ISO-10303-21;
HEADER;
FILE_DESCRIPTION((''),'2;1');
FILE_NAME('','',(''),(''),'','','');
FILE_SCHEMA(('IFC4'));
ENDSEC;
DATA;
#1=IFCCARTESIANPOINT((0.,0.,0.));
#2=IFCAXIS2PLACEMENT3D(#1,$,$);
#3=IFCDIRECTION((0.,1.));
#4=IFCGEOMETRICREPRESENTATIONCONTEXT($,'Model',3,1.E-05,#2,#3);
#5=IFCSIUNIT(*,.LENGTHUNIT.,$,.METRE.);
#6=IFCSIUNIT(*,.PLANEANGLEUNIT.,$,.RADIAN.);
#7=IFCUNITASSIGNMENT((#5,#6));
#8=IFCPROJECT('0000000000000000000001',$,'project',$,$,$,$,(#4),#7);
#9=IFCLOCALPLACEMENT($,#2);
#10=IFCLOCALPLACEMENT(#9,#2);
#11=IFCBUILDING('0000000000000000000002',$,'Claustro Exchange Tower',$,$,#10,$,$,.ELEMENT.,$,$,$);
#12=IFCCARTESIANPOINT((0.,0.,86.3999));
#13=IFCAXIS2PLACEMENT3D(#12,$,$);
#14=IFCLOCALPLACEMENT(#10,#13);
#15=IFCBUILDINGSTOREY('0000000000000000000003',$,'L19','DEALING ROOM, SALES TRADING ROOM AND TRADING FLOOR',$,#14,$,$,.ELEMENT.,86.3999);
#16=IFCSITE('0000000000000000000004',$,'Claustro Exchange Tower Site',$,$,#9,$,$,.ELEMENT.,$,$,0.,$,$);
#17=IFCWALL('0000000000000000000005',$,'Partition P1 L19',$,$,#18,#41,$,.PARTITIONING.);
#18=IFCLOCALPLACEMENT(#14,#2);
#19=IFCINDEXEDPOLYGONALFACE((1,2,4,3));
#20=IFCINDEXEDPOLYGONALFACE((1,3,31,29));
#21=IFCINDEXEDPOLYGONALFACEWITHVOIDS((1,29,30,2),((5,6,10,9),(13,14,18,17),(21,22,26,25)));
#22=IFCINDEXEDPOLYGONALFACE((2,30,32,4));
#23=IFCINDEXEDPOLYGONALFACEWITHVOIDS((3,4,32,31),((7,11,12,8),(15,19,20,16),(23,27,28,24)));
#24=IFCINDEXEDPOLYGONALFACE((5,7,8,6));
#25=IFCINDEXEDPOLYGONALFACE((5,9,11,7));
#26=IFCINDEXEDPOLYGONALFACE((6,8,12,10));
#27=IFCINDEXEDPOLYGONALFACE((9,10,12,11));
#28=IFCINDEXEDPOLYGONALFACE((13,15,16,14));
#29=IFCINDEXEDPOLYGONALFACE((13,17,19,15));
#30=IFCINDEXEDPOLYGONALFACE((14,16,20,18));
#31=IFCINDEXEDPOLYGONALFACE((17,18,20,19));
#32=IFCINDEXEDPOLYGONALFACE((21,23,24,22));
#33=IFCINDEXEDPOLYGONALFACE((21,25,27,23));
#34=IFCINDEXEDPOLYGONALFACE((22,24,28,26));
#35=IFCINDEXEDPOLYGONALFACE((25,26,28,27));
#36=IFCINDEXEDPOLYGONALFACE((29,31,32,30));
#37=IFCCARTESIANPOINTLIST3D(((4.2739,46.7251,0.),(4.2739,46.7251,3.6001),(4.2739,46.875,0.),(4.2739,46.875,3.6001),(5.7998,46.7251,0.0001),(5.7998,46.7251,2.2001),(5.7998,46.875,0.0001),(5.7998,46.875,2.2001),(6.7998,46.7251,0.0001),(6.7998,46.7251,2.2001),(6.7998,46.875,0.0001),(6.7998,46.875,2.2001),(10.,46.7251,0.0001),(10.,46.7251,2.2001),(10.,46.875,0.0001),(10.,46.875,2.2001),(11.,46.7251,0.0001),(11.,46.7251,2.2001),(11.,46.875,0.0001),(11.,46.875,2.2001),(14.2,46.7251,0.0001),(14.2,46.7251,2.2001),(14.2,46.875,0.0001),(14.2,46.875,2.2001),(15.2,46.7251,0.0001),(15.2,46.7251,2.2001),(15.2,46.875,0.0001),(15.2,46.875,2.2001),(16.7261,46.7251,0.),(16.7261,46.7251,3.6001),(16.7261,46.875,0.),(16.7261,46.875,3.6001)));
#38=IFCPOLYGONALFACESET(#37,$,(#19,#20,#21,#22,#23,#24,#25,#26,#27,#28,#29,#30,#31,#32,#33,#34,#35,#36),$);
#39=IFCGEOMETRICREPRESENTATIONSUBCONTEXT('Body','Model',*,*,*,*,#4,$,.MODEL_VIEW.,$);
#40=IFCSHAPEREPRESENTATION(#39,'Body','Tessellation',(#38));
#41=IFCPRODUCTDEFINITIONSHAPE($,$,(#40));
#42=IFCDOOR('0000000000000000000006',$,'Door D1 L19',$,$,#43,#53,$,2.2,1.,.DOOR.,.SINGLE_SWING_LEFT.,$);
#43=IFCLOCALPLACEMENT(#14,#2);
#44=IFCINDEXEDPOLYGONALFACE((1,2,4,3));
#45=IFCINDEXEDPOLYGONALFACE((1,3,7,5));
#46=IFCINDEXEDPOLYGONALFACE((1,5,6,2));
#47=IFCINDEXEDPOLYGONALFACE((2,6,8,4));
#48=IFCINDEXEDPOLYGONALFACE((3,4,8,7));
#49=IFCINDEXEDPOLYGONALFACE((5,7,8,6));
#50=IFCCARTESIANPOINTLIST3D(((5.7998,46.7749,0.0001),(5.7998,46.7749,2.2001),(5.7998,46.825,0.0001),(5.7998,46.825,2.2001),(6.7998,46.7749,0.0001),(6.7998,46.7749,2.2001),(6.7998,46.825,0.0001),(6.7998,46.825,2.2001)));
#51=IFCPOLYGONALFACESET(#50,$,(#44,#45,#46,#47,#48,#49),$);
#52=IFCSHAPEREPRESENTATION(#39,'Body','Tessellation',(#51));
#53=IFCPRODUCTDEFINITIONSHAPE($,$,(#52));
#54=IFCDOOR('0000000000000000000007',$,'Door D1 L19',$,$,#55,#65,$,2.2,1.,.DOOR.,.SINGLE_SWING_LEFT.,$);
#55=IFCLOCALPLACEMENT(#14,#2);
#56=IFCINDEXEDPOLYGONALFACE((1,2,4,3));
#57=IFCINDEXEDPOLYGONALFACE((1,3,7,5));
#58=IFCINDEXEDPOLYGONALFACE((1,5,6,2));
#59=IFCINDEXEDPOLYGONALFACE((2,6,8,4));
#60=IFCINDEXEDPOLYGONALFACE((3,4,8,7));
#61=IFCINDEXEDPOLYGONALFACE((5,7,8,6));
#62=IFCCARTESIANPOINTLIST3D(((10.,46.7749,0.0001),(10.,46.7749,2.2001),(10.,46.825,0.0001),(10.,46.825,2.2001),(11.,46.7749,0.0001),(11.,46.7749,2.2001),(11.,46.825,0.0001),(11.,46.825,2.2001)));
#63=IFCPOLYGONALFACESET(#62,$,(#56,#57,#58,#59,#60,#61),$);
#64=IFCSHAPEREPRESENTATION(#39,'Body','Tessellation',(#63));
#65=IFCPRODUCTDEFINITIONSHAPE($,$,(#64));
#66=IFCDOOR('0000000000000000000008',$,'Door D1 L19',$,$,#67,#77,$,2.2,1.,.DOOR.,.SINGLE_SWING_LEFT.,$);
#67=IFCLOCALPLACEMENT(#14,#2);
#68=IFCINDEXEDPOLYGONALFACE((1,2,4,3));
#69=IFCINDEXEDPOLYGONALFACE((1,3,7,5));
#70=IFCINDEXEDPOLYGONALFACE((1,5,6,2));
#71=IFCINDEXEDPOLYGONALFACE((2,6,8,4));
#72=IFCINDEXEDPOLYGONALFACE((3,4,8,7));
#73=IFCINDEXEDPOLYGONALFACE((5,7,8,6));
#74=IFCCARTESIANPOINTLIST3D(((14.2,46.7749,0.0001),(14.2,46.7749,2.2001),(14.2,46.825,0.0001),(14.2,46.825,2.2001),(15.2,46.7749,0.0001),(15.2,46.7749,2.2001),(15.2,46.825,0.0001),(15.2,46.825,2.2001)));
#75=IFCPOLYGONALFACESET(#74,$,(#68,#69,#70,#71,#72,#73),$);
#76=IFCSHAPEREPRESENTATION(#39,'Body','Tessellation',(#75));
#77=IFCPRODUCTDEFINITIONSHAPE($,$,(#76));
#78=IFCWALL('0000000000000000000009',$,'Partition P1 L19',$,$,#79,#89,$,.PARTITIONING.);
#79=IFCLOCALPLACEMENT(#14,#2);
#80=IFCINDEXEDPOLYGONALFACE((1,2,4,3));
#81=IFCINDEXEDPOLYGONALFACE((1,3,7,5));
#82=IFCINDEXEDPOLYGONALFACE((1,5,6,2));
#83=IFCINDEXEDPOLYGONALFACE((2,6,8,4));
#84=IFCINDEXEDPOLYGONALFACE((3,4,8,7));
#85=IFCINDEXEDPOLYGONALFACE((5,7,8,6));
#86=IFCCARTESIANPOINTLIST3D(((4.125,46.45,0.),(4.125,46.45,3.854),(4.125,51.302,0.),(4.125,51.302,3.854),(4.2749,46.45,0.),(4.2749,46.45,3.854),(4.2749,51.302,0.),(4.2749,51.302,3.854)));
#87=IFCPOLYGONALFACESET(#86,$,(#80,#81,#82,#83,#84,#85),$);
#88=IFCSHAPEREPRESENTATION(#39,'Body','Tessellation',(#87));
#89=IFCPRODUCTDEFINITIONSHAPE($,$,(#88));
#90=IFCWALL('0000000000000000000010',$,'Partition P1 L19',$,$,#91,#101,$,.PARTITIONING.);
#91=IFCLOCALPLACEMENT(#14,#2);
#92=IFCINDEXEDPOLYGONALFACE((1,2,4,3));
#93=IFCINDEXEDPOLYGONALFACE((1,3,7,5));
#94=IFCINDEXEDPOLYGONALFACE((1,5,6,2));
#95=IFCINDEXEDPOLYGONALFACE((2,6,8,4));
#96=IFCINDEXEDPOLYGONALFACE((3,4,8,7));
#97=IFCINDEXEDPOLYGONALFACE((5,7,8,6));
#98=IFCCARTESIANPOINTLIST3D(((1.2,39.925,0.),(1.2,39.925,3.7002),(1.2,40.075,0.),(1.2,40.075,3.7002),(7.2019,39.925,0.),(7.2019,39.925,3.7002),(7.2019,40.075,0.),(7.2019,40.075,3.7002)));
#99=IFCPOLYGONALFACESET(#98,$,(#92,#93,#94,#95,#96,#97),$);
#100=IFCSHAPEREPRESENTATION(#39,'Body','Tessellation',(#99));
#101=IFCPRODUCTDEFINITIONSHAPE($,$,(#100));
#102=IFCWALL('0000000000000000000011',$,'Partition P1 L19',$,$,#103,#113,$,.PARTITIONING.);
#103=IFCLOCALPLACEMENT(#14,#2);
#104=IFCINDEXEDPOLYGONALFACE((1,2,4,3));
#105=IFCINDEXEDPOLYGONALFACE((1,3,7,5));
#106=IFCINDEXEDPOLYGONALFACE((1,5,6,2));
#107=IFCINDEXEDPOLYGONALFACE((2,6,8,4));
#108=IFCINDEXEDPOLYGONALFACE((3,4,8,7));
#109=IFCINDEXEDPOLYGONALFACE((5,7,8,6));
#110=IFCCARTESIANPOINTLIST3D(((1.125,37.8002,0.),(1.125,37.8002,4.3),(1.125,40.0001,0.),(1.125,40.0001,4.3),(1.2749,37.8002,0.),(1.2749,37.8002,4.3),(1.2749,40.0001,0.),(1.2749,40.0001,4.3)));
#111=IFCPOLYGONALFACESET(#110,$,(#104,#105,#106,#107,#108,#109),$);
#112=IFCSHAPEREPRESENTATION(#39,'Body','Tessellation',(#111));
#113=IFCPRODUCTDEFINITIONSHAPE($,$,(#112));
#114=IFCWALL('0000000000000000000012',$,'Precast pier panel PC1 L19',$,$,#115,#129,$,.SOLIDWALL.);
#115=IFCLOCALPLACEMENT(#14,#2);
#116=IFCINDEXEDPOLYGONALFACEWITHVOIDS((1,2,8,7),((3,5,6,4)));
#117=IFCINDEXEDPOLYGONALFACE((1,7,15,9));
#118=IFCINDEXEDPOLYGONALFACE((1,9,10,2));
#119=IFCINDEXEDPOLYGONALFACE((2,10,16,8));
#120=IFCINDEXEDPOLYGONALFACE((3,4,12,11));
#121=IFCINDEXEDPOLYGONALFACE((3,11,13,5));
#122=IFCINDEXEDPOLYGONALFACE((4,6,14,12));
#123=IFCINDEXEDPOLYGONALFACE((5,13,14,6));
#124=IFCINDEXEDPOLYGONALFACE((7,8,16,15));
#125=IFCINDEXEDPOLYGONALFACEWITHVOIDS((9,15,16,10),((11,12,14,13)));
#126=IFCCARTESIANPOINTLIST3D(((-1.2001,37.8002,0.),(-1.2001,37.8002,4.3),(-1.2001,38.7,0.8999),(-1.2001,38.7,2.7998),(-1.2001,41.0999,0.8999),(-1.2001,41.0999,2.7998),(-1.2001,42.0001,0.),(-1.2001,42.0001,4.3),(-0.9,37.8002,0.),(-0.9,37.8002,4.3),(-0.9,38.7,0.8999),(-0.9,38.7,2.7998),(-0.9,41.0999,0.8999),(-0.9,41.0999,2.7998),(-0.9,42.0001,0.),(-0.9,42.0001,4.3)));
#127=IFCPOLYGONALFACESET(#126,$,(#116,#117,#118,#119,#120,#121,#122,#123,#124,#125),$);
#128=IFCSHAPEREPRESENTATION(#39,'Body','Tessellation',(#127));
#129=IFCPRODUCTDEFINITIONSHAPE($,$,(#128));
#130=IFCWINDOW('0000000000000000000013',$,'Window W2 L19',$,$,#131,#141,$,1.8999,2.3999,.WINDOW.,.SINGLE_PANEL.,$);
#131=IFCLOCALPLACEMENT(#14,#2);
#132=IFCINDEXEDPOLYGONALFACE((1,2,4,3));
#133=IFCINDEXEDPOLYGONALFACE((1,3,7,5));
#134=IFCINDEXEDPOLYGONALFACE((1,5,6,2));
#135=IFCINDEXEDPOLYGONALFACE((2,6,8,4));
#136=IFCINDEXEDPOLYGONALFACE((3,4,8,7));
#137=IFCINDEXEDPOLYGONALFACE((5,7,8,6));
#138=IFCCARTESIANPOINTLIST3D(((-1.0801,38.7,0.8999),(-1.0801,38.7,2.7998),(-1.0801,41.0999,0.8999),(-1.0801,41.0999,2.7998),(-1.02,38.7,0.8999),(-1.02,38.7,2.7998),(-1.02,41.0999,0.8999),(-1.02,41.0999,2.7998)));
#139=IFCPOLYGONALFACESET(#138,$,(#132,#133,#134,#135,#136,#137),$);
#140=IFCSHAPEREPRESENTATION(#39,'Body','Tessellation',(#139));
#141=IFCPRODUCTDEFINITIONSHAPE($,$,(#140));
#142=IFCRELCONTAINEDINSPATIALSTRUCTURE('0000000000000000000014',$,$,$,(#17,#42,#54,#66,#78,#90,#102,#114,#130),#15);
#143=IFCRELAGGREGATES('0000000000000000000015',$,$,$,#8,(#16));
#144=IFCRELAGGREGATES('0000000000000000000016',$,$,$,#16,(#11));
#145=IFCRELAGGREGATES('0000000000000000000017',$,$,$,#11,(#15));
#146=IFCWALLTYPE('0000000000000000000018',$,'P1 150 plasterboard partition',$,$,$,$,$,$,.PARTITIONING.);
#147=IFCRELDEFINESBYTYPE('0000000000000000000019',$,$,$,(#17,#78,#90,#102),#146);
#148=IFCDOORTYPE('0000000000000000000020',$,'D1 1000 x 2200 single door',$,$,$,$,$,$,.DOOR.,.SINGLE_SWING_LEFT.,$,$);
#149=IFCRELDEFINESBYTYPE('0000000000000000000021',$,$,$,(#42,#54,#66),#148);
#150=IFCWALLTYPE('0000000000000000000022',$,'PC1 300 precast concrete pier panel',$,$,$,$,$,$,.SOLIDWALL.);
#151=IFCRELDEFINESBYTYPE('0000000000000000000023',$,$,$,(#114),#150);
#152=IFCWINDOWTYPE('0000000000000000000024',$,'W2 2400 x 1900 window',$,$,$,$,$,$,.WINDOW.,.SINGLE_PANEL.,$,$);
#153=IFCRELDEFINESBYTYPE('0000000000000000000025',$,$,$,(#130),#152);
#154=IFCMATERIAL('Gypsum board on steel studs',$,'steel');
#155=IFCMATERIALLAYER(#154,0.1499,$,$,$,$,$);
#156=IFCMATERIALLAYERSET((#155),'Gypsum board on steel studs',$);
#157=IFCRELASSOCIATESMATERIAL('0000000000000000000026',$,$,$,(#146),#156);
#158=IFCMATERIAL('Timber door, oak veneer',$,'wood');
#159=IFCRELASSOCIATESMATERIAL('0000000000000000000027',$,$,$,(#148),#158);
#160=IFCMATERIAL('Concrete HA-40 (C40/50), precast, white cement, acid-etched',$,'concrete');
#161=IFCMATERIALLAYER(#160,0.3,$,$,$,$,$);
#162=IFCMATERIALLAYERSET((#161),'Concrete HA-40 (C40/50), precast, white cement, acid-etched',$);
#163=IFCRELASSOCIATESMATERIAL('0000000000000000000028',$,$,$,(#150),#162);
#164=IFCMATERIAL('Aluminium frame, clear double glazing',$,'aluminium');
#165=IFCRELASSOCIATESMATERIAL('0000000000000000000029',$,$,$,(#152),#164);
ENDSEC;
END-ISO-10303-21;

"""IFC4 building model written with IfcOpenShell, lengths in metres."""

from ifc_helpers import new_model, si_unit, direction, frame, frame_2d, origin, place, context, subcontext, project, spatial, rectangle, extrude, material, layer, layer_set, type_object, element, fill, save


model = new_model("IFC4")

# Units and contexts
model_context = context("Model", 3, precision=1e-05, world=origin(), true_north=direction((0.0, 1.0)))
body_context = subcontext(model_context, "Body", "Model", "MODEL_VIEW")
ifc_project = project(units=[si_unit("LENGTHUNIT", "METRE"), si_unit("PLANEANGLEUNIT", "RADIAN")], contexts=[model_context])

# Site, building, storey
site_placement = place(None, origin())
site = spatial("IfcSite", under=ifc_project, at=site_placement, Name="Claustro Exchange Tower Site", CompositionType="ELEMENT", RefElevation=0.0)
building_placement = place(site_placement, origin())
building = spatial("IfcBuilding", under=site, at=building_placement, Name="Claustro Exchange Tower", CompositionType="ELEMENT")
storey_placement = place(building_placement, frame((0.0, 0.0, 86.3999)))
storey = spatial("IfcBuildingStorey", under=building, at=storey_placement, Name="L19", Description="DEALING ROOM, SALES TRADING ROOM AND TRADING FLOOR", CompositionType="ELEMENT", Elevation=86.3999)

# Shared definitions
ifc_material_1 = material(Name="Gypsum board on steel studs", Category="steel")
ifc_layer_1 = layer(ifc_material_1, 0.1499)
ifc_layer_set_1 = layer_set([ifc_layer_1], Name="Gypsum board on steel studs")
wall_type_1 = type_object("IfcWallType", Name="P1 150 plasterboard partition", PredefinedType="PARTITIONING", material=ifc_layer_set_1)
ifc_material_2 = material(Name="Timber door, oak veneer", Category="wood")
door_type = type_object("IfcDoorType", Name="D1 1000 x 2200 single door", OperationType="SINGLE_SWING_LEFT", PredefinedType="DOOR", material=ifc_material_2)

# Wall, openings, doors
wall_1_placement = place(storey_placement, frame((4.2739, 46.8, 0.0), z_axis=(0.0, 0.0, 1.0), x_axis=(1.0, 0.0, 0.0)))
wall_1 = element("IfcWall", 1, at=wall_1_placement, inside=storey, type_object=wall_type_1, Name="Partition P1 L19", PredefinedType="PARTITIONING", context=body_context, shape_type="SweptSolid", body=[
    extrude(rectangle(XDim=12.4521, YDim=0.1499, at=frame_2d((6.2261, 0.0))), origin(), (0.0, 0.0, 1.0), 3.6001),
])
opening_1_placement = place(wall_1_placement, frame((1.5259, 0.0, 0.0)))
opening_1 = element("IfcOpeningElement", 2, at=opening_1_placement, cuts=wall_1, PredefinedType="OPENING", context=body_context, shape_type="SweptSolid", body=[
    extrude(rectangle(XDim=1.0, YDim=2.2, at=frame_2d((0.5, 1.1001))), frame((0.0, 0.085, 0.0), z_axis=(0.0, -1.0, 0.0), x_axis=(1.0, 0.0, 0.0)), (0.0, 0.0, 1.0), 0.1699),
])
opening_2_placement = place(wall_1_placement, frame((5.7261, 0.0, 0.0)))
opening_2 = element("IfcOpeningElement", 3, at=opening_2_placement, cuts=wall_1, PredefinedType="OPENING", context=body_context, shape_type="SweptSolid", body=[
    extrude(rectangle(XDim=1.0, YDim=2.2, at=frame_2d((0.5, 1.1001))), frame((0.0, 0.085, 0.0), z_axis=(0.0, -1.0, 0.0), x_axis=(1.0, 0.0, 0.0)), (0.0, 0.0, 1.0), 0.1699),
])
opening_3_placement = place(wall_1_placement, frame((9.926, 0.0, 0.0)))
opening_3 = element("IfcOpeningElement", 4, at=opening_3_placement, cuts=wall_1, PredefinedType="OPENING", context=body_context, shape_type="SweptSolid", body=[
    extrude(rectangle(XDim=1.0, YDim=2.2, at=frame_2d((0.5, 1.1001))), frame((0.0, 0.085, 0.0), z_axis=(0.0, -1.0, 0.0), x_axis=(1.0, 0.0, 0.0)), (0.0, 0.0, 1.0), 0.1699),
])
door_1_placement = place(opening_1_placement, origin())
door_1 = element("IfcDoor", 5, at=door_1_placement, inside=storey, type_object=door_type, Name="Door D1 L19", OperationType="SINGLE_SWING_LEFT", OverallHeight=2.2, OverallWidth=1.0, PredefinedType="DOOR", context=body_context, shape_type="SweptSolid", body=[
    extrude(rectangle(XDim=1.0, YDim=2.2, at=frame_2d((0.5, 1.1001))), frame((0.0, 0.0249, 0.0), z_axis=(0.0, -1.0, 0.0), x_axis=(1.0, 0.0, 0.0)), (0.0, 0.0, 1.0), 0.05),
])
fill(opening_1, door_1)
door_2_placement = place(opening_2_placement, origin())
door_2 = element("IfcDoor", 6, at=door_2_placement, inside=storey, type_object=door_type, Name="Door D1 L19", OperationType="SINGLE_SWING_LEFT", OverallHeight=2.2, OverallWidth=1.0, PredefinedType="DOOR", context=body_context, shape_type="SweptSolid", body=[
    extrude(rectangle(XDim=1.0, YDim=2.2, at=frame_2d((0.5, 1.1001))), frame((0.0, 0.0249, 0.0), z_axis=(0.0, -1.0, 0.0), x_axis=(1.0, 0.0, 0.0)), (0.0, 0.0, 1.0), 0.05),
])
fill(opening_2, door_2)
door_3_placement = place(opening_3_placement, origin())
door_3 = element("IfcDoor", 7, at=door_3_placement, inside=storey, type_object=door_type, Name="Door D1 L19", OperationType="SINGLE_SWING_LEFT", OverallHeight=2.2, OverallWidth=1.0, PredefinedType="DOOR", context=body_context, shape_type="SweptSolid", body=[
    extrude(rectangle(XDim=1.0, YDim=2.2, at=frame_2d((0.5, 1.1001))), frame((0.0, 0.0249, 0.0), z_axis=(0.0, -1.0, 0.0), x_axis=(1.0, 0.0, 0.0)), (0.0, 0.0, 1.0), 0.05),
])
fill(opening_3, door_3)

# Walls
wall_2_placement = place(storey_placement, frame((4.2, 46.45, 0.0), z_axis=(0.0, 0.0, 1.0), x_axis=(0.0, 1.0, 0.0)))
element("IfcWall", 8, at=wall_2_placement, inside=storey, type_object=wall_type_1, Name="Partition P1 L19", PredefinedType="PARTITIONING", context=body_context, shape_type="SweptSolid", body=[
    extrude(rectangle(XDim=4.8521, YDim=0.1499, at=frame_2d((2.426, 0.0))), origin(), (0.0, 0.0, 1.0), 3.854),
])
wall_3_placement = place(storey_placement, frame((1.2, 40.0, 0.0), z_axis=(0.0, 0.0, 1.0), x_axis=(1.0, 0.0, 0.0)))
element("IfcWall", 9, at=wall_3_placement, inside=storey, type_object=wall_type_1, Name="Partition P1 L19", PredefinedType="PARTITIONING", context=body_context, shape_type="SweptSolid", body=[
    extrude(rectangle(XDim=6.002, YDim=0.1499, at=frame_2d((3.001, 0.0))), origin(), (0.0, 0.0, 1.0), 3.7002),
])
wall_4_placement = place(storey_placement, frame((1.2, 37.8, 0.0), z_axis=(0.0, 0.0, 1.0), x_axis=(0.0, 1.0, 0.0)))
element("IfcWall", 10, at=wall_4_placement, inside=storey, type_object=wall_type_1, Name="Partition P1 L19", PredefinedType="PARTITIONING", context=body_context, shape_type="SweptSolid", body=[
    extrude(rectangle(XDim=2.2, YDim=0.1499, at=frame_2d((1.1001, 0.0))), origin(), (0.0, 0.0, 1.0), 4.3),
])

# Wall, opening, window
ifc_material_3 = material(Name="Concrete HA-40 (C40/50), precast, white cement, acid-etched", Category="concrete")
ifc_layer_2 = layer(ifc_material_3, 0.3)
ifc_layer_set_2 = layer_set([ifc_layer_2], Name="Concrete HA-40 (C40/50), precast, white cement, acid-etched")
wall_type_2 = type_object("IfcWallType", Name="PC1 300 precast concrete pier panel", PredefinedType="SOLIDWALL", material=ifc_layer_set_2)
wall_5_placement = place(storey_placement, frame((-1.05, 37.8, 0.0), z_axis=(0.0, 0.0, 1.0), x_axis=(0.0, 1.0, 0.0)))
wall_5 = element("IfcWall", 11, at=wall_5_placement, inside=storey, type_object=wall_type_2, Name="Precast pier panel PC1 L19", PredefinedType="SOLIDWALL", context=body_context, shape_type="SweptSolid", body=[
    extrude(rectangle(XDim=4.2, YDim=0.3, at=frame_2d((2.1001, 0.0))), origin(), (0.0, 0.0, 1.0), 4.3),
])
opening_4_placement = place(wall_5_placement, frame((0.8999, 0.0, 0.8999)))
opening_4 = element("IfcOpeningElement", 12, at=opening_4_placement, cuts=wall_5, PredefinedType="OPENING", context=body_context, shape_type="SweptSolid", body=[
    extrude(rectangle(XDim=2.3999, YDim=1.8999, at=frame_2d((1.2, 0.95))), frame((0.0, 0.1599, 0.0), z_axis=(0.0, -1.0, 0.0), x_axis=(1.0, 0.0, 0.0)), (0.0, 0.0, 1.0), 0.3201),
])
ifc_material_4 = material(Name="Aluminium frame, clear double glazing", Category="aluminium")
window_type_1 = type_object("IfcWindowType", Name="W2 2400 x 1900 window", PartitioningType="SINGLE_PANEL", PredefinedType="WINDOW", material=ifc_material_4)
window_1_placement = place(opening_4_placement, origin())
window_1 = element("IfcWindow", 13, at=window_1_placement, inside=storey, type_object=window_type_1, Name="Window W2 L19", OverallHeight=1.8999, OverallWidth=2.3999, PartitioningType="SINGLE_PANEL", PredefinedType="WINDOW", context=body_context, shape_type="SweptSolid", body=[
    extrude(rectangle(XDim=2.3999, YDim=1.8999, at=frame_2d((1.2, 0.95))), frame((0.0, 0.03, 0.0), z_axis=(0.0, -1.0, 0.0), x_axis=(1.0, 0.0, 0.0)), (0.0, 0.0, 1.0), 0.0601),
])
fill(opening_4, window_1)

save(model, "model.ifc")
